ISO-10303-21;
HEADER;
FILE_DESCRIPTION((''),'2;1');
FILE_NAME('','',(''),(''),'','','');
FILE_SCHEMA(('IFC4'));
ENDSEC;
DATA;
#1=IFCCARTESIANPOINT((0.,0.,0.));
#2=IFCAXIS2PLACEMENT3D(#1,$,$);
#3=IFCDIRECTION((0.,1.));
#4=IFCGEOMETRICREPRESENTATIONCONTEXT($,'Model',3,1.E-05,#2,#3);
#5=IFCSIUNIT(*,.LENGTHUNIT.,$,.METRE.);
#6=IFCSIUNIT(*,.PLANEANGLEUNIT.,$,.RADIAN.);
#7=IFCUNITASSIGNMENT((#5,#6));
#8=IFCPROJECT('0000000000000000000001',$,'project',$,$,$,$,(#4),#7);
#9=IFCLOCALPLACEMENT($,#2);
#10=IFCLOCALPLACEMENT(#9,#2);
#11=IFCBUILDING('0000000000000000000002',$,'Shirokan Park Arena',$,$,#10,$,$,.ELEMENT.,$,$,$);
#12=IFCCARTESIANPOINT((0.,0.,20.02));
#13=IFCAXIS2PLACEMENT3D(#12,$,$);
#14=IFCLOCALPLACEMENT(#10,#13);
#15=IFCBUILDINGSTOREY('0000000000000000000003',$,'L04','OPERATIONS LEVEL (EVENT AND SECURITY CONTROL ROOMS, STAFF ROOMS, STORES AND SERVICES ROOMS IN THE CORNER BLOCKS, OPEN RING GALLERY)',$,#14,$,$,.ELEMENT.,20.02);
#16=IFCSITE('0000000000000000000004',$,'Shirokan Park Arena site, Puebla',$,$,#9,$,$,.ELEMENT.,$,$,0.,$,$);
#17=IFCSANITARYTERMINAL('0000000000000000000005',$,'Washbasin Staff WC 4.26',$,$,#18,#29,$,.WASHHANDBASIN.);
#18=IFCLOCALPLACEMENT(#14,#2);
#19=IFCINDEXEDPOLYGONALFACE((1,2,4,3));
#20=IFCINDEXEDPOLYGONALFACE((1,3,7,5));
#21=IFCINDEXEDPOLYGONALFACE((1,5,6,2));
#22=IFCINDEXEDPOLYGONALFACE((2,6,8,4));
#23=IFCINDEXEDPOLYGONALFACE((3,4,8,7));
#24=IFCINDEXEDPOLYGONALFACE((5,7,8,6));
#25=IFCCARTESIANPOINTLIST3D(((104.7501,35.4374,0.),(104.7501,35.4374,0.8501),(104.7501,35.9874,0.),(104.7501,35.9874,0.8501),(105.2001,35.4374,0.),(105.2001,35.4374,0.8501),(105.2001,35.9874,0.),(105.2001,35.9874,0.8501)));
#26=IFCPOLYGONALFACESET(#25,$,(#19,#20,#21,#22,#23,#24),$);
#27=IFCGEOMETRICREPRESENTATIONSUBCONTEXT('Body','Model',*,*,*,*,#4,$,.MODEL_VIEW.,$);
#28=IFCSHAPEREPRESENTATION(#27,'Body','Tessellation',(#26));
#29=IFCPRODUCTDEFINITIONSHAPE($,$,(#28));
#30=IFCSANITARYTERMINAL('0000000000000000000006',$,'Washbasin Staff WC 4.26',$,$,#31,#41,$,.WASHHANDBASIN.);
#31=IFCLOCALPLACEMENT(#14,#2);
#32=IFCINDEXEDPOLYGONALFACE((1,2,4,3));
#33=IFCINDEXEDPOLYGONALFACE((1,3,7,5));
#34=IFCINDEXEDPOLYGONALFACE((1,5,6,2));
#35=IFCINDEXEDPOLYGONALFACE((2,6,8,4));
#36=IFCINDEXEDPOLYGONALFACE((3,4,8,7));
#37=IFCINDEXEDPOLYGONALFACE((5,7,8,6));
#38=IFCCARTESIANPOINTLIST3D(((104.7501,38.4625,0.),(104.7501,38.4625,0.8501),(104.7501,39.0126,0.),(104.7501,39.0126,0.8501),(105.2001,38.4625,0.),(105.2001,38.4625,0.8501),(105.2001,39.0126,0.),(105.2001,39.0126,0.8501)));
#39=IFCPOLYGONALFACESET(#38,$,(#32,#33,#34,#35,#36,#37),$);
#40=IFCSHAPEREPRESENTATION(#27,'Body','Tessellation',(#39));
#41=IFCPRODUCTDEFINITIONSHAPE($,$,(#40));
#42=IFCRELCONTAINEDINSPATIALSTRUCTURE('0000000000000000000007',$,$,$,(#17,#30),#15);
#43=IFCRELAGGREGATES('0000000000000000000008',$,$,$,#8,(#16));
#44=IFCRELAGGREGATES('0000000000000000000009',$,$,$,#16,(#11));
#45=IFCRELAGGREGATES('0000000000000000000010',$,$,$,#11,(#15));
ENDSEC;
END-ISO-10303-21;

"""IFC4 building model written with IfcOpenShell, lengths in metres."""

from ifc_helpers import new_model, si_unit, direction, frame, origin, origin_2d, place, context, subcontext, project, spatial, rectangle, extrude, element, save


model = new_model("IFC4")

# Units and contexts
model_context = context("Model", 3, precision=1e-05, world=origin(), true_north=direction((0.0, 1.0)))
body_context = subcontext(model_context, "Body", "Model", "MODEL_VIEW")
ifc_project = project(units=[si_unit("LENGTHUNIT", "METRE"), si_unit("PLANEANGLEUNIT", "RADIAN")], contexts=[model_context])

# Site, building, storey
site_placement = place(None, origin())
site = spatial("IfcSite", under=ifc_project, at=site_placement, Name="Shirokan Park Arena site, Puebla", CompositionType="ELEMENT", RefElevation=0.0)
building_placement = place(site_placement, origin())
building = spatial("IfcBuilding", under=site, at=building_placement, Name="Shirokan Park Arena", CompositionType="ELEMENT")
storey_placement = place(building_placement, frame((0.0, 0.0, 20.02)))
storey = spatial("IfcBuildingStorey", under=building, at=storey_placement, Name="L04", Description="OPERATIONS LEVEL (EVENT AND SECURITY CONTROL ROOMS, STAFF ROOMS, STORES AND SERVICES ROOMS IN THE CORNER BLOCKS, OPEN RING GALLERY)", CompositionType="ELEMENT", Elevation=20.02)

# Sanitary terminals
for number, where, z_axis, x_axis, name in (
    (1, (104.9751, 35.7124, 0.0), (0.0, 0.0, 1.0), (1.0, 0.0, 0.0), "Washbasin Staff WC 4.26"),
    (2, (104.9751, 38.7375, 0.0), (0.0, 0.0, 1.0), (1.0, 0.0, 0.0), "Washbasin Staff WC 4.26"),
):
    element("IfcSanitaryTerminal", number, at=place(storey_placement, frame(where, z_axis=z_axis, x_axis=x_axis)), inside=storey, Name=name, PredefinedType="WASHHANDBASIN", context=body_context, shape_type="SweptSolid", body=[
        extrude(rectangle(XDim=0.45, YDim=0.55, at=origin_2d()), origin(), (0.0, 0.0, 1.0), 0.8501),
    ])

save(model, "model.ifc")
